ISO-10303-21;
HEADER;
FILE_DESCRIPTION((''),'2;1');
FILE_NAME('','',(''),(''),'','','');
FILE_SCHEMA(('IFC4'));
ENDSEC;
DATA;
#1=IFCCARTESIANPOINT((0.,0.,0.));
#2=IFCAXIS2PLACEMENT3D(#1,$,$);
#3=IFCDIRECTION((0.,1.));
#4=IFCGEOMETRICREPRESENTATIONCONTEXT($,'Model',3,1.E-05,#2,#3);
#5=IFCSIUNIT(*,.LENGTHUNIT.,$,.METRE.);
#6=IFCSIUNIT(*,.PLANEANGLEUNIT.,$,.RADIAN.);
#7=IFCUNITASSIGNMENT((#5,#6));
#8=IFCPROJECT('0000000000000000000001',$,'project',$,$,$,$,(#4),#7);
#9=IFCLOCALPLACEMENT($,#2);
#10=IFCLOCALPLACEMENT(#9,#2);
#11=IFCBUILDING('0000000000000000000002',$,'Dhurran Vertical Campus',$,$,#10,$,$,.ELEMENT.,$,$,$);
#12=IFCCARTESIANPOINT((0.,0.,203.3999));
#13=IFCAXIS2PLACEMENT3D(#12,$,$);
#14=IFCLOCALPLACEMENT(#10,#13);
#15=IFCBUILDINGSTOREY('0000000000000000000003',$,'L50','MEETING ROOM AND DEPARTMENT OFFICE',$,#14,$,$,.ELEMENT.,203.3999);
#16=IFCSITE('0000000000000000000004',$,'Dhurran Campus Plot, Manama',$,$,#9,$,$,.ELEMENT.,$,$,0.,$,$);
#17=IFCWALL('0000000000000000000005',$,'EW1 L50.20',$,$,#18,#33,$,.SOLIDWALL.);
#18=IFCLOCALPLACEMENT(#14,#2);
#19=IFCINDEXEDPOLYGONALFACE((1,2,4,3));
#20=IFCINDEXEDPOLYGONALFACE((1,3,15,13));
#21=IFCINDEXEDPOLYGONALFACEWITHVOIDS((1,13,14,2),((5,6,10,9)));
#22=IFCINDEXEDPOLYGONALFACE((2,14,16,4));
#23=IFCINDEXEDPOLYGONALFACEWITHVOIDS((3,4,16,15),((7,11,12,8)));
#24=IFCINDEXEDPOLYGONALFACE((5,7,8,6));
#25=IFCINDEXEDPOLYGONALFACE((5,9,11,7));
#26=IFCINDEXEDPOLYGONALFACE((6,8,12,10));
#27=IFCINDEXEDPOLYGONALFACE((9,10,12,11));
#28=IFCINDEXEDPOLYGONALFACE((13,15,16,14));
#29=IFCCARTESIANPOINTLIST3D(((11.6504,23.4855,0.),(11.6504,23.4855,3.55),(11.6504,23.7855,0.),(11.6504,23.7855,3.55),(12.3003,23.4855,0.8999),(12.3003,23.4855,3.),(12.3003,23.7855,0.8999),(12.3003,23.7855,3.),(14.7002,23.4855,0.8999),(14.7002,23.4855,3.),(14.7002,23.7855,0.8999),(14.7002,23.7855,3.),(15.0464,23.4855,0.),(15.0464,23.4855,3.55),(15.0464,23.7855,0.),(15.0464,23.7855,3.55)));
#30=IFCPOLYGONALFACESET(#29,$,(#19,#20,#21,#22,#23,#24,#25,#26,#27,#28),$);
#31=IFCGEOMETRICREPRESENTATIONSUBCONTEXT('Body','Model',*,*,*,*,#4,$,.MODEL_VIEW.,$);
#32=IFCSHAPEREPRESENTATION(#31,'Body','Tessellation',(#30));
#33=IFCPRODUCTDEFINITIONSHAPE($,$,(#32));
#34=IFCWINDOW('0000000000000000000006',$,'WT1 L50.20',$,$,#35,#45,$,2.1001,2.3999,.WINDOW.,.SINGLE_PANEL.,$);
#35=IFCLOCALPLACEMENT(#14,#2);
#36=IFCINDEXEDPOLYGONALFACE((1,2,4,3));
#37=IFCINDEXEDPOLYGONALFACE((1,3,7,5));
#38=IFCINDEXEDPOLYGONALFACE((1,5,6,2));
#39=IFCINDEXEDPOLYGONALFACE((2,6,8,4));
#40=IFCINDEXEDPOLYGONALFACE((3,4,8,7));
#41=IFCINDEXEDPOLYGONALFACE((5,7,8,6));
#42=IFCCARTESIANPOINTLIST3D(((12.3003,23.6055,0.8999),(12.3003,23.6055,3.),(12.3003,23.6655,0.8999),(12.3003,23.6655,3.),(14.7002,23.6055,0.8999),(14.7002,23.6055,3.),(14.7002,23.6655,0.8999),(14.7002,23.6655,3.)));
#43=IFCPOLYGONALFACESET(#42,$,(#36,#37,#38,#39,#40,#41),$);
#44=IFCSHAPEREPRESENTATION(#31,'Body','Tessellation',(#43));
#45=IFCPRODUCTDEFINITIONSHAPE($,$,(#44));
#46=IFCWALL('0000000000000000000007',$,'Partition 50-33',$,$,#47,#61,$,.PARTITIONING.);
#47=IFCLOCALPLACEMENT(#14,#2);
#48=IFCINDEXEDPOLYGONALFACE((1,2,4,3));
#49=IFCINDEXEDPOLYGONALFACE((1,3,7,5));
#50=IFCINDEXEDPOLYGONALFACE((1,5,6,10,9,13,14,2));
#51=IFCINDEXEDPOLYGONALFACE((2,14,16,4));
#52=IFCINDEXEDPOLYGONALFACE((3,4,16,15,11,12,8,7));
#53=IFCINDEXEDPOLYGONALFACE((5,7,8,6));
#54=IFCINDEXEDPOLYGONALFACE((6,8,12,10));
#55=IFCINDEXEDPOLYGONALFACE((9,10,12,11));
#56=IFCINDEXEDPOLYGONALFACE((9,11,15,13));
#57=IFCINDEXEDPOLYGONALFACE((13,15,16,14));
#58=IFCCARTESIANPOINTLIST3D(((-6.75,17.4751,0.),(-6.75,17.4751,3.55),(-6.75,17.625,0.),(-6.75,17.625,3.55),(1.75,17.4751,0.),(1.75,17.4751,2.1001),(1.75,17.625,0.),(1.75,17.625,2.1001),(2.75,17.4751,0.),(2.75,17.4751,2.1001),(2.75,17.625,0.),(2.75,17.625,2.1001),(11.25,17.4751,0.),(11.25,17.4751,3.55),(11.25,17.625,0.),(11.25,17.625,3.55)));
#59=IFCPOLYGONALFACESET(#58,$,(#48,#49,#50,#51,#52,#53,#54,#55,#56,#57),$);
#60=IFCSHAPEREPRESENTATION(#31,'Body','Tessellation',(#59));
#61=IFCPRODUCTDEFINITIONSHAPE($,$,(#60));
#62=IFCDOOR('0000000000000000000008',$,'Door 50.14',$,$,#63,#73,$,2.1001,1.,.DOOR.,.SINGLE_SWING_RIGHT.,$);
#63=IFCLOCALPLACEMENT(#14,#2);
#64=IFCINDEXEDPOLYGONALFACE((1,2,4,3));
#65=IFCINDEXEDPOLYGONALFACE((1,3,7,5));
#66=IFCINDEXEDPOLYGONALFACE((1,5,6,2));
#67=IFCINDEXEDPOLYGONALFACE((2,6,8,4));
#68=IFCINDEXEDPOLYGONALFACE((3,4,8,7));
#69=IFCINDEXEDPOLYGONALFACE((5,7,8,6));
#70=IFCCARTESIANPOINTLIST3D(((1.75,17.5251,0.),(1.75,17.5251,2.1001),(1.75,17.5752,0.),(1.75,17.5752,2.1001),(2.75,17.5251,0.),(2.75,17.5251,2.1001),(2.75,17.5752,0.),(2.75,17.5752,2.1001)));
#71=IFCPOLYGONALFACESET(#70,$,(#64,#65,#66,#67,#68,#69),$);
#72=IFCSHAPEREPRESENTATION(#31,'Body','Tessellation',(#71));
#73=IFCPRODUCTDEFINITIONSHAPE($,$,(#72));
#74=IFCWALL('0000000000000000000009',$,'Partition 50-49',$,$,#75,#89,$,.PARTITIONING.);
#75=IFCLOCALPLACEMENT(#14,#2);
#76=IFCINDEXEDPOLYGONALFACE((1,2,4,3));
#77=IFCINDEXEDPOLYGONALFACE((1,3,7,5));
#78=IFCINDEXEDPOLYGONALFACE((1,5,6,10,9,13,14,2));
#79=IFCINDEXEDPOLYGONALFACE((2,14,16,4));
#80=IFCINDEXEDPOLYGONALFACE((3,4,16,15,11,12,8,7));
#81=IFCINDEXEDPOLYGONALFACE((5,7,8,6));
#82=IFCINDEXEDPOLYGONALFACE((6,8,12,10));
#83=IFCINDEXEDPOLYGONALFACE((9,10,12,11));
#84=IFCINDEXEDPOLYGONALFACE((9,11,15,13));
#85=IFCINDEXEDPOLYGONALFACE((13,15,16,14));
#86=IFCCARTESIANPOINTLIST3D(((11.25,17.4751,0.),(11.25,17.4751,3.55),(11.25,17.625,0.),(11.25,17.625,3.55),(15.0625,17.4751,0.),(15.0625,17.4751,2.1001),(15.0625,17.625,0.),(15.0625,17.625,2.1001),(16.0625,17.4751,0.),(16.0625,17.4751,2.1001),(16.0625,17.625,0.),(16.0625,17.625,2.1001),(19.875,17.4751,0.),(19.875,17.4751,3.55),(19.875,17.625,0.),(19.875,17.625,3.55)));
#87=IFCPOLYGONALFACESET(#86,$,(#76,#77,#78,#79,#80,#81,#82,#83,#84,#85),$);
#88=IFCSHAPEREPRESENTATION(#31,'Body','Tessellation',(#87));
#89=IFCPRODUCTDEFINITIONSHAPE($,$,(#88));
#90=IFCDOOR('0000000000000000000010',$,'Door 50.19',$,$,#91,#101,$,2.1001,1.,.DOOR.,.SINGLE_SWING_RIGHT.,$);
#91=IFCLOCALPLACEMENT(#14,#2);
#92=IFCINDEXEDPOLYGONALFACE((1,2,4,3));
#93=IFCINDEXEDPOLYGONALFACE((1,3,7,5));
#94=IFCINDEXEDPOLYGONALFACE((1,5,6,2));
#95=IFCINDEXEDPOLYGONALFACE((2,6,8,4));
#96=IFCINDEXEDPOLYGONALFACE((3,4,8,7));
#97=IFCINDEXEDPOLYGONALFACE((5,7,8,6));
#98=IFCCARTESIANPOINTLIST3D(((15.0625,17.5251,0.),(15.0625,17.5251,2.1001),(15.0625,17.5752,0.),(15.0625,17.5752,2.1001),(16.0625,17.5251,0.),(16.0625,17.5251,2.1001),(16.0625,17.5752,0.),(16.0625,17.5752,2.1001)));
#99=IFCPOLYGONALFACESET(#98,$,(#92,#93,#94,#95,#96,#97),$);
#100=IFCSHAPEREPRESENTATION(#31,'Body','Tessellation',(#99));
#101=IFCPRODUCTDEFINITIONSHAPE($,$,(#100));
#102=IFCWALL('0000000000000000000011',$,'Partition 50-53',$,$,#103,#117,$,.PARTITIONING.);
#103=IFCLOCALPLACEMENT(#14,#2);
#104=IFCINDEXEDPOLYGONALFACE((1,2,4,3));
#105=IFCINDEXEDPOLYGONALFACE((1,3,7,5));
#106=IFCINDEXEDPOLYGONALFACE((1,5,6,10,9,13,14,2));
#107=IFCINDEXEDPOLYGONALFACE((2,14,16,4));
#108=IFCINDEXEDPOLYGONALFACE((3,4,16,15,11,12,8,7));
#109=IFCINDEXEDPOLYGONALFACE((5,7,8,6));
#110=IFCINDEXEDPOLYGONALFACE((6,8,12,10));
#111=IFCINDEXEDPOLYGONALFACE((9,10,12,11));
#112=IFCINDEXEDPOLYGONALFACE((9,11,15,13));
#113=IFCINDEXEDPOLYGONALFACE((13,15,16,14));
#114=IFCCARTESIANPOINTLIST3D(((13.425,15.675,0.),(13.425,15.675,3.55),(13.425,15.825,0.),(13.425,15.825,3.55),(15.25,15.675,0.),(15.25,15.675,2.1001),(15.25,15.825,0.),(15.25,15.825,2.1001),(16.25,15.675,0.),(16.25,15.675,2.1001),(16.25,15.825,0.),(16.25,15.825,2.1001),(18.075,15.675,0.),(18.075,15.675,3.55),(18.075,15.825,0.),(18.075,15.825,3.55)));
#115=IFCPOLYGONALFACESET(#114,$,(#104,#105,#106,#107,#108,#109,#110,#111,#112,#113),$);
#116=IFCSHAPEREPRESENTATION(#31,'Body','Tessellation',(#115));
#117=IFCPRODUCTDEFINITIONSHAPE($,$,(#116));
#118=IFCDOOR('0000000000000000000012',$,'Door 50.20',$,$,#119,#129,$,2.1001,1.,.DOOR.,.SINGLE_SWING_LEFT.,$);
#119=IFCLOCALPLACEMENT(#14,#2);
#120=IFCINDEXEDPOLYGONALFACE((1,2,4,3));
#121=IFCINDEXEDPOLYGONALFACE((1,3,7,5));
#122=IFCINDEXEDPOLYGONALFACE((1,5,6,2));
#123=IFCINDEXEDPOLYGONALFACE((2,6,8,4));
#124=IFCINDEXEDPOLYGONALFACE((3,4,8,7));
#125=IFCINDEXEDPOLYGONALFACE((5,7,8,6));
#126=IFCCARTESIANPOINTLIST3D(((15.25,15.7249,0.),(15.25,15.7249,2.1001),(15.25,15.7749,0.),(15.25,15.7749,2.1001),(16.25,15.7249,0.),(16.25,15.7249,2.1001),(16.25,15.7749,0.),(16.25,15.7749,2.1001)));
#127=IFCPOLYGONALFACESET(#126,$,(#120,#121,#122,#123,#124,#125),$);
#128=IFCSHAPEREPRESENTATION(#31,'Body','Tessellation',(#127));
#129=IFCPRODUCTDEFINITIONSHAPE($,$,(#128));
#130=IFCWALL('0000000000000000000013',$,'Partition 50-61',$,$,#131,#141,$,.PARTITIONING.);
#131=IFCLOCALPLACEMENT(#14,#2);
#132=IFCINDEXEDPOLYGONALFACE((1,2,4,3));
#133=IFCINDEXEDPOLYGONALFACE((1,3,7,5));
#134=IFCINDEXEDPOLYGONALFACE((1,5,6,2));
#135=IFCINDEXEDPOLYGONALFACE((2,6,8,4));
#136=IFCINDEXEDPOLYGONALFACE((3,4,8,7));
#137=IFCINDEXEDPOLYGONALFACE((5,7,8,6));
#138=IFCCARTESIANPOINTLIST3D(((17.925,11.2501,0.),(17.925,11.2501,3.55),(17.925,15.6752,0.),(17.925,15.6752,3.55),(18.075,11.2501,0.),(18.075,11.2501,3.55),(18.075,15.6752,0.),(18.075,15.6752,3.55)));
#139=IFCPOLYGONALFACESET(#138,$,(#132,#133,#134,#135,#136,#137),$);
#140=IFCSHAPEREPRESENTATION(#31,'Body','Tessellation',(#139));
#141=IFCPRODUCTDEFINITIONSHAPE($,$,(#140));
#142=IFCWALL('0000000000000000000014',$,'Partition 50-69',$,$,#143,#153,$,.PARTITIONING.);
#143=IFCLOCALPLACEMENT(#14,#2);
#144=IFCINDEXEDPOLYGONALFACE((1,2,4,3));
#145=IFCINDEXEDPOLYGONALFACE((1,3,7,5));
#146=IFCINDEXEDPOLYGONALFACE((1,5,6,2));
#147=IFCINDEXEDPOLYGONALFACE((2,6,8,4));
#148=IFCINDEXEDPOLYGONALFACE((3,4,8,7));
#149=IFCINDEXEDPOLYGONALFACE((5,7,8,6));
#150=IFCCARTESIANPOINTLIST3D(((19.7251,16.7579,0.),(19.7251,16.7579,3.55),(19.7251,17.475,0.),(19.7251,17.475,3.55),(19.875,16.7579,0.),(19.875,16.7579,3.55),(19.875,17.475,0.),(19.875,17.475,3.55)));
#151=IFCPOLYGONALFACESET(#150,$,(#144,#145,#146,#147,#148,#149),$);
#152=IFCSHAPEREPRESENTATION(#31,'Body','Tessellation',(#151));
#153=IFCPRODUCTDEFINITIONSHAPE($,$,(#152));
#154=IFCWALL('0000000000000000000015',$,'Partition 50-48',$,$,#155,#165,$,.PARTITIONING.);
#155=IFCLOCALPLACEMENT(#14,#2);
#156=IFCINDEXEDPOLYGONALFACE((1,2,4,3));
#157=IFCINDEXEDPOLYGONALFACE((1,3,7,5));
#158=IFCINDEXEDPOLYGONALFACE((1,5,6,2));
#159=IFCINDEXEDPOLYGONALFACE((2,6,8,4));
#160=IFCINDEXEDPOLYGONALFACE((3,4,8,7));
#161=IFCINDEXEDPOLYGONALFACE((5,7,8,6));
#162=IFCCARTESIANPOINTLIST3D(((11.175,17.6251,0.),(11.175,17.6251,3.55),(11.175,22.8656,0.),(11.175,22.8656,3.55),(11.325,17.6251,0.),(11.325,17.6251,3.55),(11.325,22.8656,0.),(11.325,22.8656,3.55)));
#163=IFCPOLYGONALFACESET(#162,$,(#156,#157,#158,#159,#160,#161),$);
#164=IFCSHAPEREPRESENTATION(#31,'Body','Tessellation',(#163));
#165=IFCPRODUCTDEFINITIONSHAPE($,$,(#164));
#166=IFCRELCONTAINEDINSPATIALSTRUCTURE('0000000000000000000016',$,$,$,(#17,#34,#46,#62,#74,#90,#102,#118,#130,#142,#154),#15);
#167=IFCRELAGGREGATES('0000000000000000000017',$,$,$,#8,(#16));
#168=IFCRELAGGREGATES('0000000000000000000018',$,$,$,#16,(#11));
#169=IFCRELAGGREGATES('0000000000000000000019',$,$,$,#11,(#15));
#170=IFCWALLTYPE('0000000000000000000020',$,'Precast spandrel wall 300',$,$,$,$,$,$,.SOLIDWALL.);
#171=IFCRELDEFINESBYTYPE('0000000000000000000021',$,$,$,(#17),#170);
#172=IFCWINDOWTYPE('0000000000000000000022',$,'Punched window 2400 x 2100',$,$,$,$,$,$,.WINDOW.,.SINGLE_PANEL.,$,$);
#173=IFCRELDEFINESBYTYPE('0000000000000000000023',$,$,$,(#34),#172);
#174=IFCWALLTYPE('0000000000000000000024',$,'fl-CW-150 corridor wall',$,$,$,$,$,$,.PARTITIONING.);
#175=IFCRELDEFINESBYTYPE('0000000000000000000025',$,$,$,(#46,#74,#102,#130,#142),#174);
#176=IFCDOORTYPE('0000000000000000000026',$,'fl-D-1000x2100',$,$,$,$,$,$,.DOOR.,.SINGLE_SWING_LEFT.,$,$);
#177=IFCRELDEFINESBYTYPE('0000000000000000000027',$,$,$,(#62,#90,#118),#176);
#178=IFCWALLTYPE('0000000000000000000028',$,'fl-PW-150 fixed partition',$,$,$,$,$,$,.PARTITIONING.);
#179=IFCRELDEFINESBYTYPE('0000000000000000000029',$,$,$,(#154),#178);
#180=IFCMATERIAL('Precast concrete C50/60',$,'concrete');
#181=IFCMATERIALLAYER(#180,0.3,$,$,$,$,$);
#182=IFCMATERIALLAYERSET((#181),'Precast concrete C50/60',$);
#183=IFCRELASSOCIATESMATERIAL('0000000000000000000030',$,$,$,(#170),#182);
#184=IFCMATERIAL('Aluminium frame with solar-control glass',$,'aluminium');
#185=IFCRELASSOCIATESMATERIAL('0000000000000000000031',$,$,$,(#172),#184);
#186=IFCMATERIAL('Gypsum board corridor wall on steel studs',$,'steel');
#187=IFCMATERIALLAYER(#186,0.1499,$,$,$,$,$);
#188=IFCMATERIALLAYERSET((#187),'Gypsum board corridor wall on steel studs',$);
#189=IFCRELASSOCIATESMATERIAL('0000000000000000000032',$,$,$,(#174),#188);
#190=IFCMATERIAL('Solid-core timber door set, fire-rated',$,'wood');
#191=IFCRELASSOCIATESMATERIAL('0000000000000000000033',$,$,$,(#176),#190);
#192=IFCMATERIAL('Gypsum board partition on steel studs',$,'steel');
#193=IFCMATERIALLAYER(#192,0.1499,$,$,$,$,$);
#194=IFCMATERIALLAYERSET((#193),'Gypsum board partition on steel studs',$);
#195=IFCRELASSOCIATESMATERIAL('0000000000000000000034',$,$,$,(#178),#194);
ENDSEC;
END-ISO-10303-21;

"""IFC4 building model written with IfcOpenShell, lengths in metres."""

from ifc_helpers import new_model, si_unit, direction, frame, frame_2d, origin, place, context, subcontext, project, spatial, rectangle, extrude, material, layer, layer_set, type_object, element, fill, save


model = new_model("IFC4")

# Units and contexts
model_context = context("Model", 3, precision=1e-05, world=origin(), true_north=direction((0.0, 1.0)))
body_context = subcontext(model_context, "Body", "Model", "MODEL_VIEW")
ifc_project = project(units=[si_unit("LENGTHUNIT", "METRE"), si_unit("PLANEANGLEUNIT", "RADIAN")], contexts=[model_context])

# Site, building, storey
site_placement = place(None, origin())
site = spatial("IfcSite", under=ifc_project, at=site_placement, Name="Dhurran Campus Plot, Manama", CompositionType="ELEMENT", RefElevation=0.0)
building_placement = place(site_placement, origin())
building = spatial("IfcBuilding", under=site, at=building_placement, Name="Dhurran Vertical Campus", CompositionType="ELEMENT")
storey_placement = place(building_placement, frame((0.0, 0.0, 203.3999)))
storey = spatial("IfcBuildingStorey", under=building, at=storey_placement, Name="L50", Description="MEETING ROOM AND DEPARTMENT OFFICE", CompositionType="ELEMENT", Elevation=203.3999)

# Wall, opening, window
ifc_material_1 = material(Name="Precast concrete C50/60", Category="concrete")
ifc_layer_1 = layer(ifc_material_1, 0.3)
ifc_layer_set_1 = layer_set([ifc_layer_1], Name="Precast concrete C50/60")
wall_type_1 = type_object("IfcWallType", Name="Precast spandrel wall 300", PredefinedType="SOLIDWALL", material=ifc_layer_set_1)
ifc_material_2 = material(Name="Aluminium frame with solar-control glass", Category="aluminium")
window_type = type_object("IfcWindowType", Name="Punched window 2400 x 2100", PartitioningType="SINGLE_PANEL", PredefinedType="WINDOW", material=ifc_material_2)
wall_1_placement = place(storey_placement, frame((15.0464, 23.6355, 0.0), z_axis=(0.0, 0.0, 1.0), x_axis=(-1.0, 0.0, 0.0)))
wall_1 = element("IfcWall", 1, at=wall_1_placement, inside=storey, type_object=wall_type_1, Name="EW1 L50.20", PredefinedType="SOLIDWALL", context=body_context, shape_type="SweptSolid", body=[
    extrude(rectangle(XDim=3.396, YDim=0.3, at=frame_2d((1.698, 0.0))), origin(), (0.0, 0.0, 1.0), 3.55),
])
opening_1_placement = place(wall_1_placement, frame((0.3462, 0.0, 0.8999)))
opening_1 = element("IfcOpeningElement", 2, at=opening_1_placement, cuts=wall_1, PredefinedType="OPENING", context=body_context, shape_type="SweptSolid", body=[
    extrude(rectangle(XDim=2.3999, YDim=2.1001, at=frame_2d((1.2, 1.05))), frame((0.0, 0.1599, 0.0), z_axis=(0.0, -1.0, 0.0), x_axis=(1.0, 0.0, 0.0)), (0.0, 0.0, 1.0), 0.3201),
])
window_1_placement = place(opening_1_placement, origin())
window_1 = element("IfcWindow", 3, at=window_1_placement, inside=storey, type_object=window_type, Name="WT1 L50.20", OverallHeight=2.1001, OverallWidth=2.3999, PartitioningType="SINGLE_PANEL", PredefinedType="WINDOW", context=body_context, shape_type="SweptSolid", body=[
    extrude(rectangle(XDim=2.3999, YDim=2.1001, at=frame_2d((1.2, 1.05))), frame((0.0, 0.03, 0.0), z_axis=(0.0, -1.0, 0.0), x_axis=(1.0, 0.0, 0.0)), (0.0, 0.0, 1.0), 0.0601),
])
fill(opening_1, window_1)

# Walls, openings, doors
ifc_material_3 = material(Name="Gypsum board corridor wall on steel studs", Category="steel")
ifc_layer_2 = layer(ifc_material_3, 0.1499)
ifc_layer_set_2 = layer_set([ifc_layer_2], Name="Gypsum board corridor wall on steel studs")
wall_type_2 = type_object("IfcWallType", Name="fl-CW-150 corridor wall", PredefinedType="PARTITIONING", material=ifc_layer_set_2)
wall_2_placement = place(storey_placement, frame((11.25, 17.55, 0.0), z_axis=(0.0, 0.0, 1.0), x_axis=(-1.0, 0.0, 0.0)))
wall_2 = element("IfcWall", 4, at=wall_2_placement, inside=storey, type_object=wall_type_2, Name="Partition 50-33", PredefinedType="PARTITIONING", context=body_context, shape_type="SweptSolid", body=[
    extrude(rectangle(XDim=18.0, YDim=0.1499, at=frame_2d((9.0, 0.0))), origin(), (0.0, 0.0, 1.0), 3.55),
])
opening_2_placement = place(wall_2_placement, frame((8.5, 0.0, 0.0)))
opening_2 = element("IfcOpeningElement", 5, at=opening_2_placement, cuts=wall_2, PredefinedType="OPENING", context=body_context, shape_type="SweptSolid", body=[
    extrude(rectangle(XDim=1.0, YDim=2.1001, at=frame_2d((0.5, 1.05))), frame((0.0, 0.085, 0.0), z_axis=(0.0, -1.0, 0.0), x_axis=(1.0, 0.0, 0.0)), (0.0, 0.0, 1.0), 0.1699),
])
ifc_material_4 = material(Name="Solid-core timber door set, fire-rated", Category="wood")
door_type = type_object("IfcDoorType", Name="fl-D-1000x2100", OperationType="SINGLE_SWING_LEFT", PredefinedType="DOOR", material=ifc_material_4)
door_1_placement = place(opening_2_placement, origin())
door_1 = element("IfcDoor", 6, at=door_1_placement, inside=storey, type_object=door_type, Name="Door 50.14", OperationType="SINGLE_SWING_RIGHT", OverallHeight=2.1001, OverallWidth=1.0, PredefinedType="DOOR", context=body_context, shape_type="SweptSolid", body=[
    extrude(rectangle(XDim=1.0, YDim=2.1001, at=frame_2d((0.5, 1.05))), frame((0.0, 0.0249, 0.0), z_axis=(0.0, -1.0, 0.0), x_axis=(1.0, 0.0, 0.0)), (0.0, 0.0, 1.0), 0.05),
])
fill(opening_2, door_1)
wall_3_placement = place(storey_placement, frame((19.875, 17.55, 0.0), z_axis=(0.0, 0.0, 1.0), x_axis=(-1.0, 0.0, 0.0)))
wall_3 = element("IfcWall", 7, at=wall_3_placement, inside=storey, type_object=wall_type_2, Name="Partition 50-49", PredefinedType="PARTITIONING", context=body_context, shape_type="SweptSolid", body=[
    extrude(rectangle(XDim=8.625, YDim=0.1499, at=frame_2d((4.3125, 0.0))), origin(), (0.0, 0.0, 1.0), 3.55),
])
opening_3_placement = place(wall_3_placement, frame((3.8125, 0.0, 0.0)))
opening_3 = element("IfcOpeningElement", 8, at=opening_3_placement, cuts=wall_3, PredefinedType="OPENING", context=body_context, shape_type="SweptSolid", body=[
    extrude(rectangle(XDim=1.0, YDim=2.1001, at=frame_2d((0.5, 1.05))), frame((0.0, 0.085, 0.0), z_axis=(0.0, -1.0, 0.0), x_axis=(1.0, 0.0, 0.0)), (0.0, 0.0, 1.0), 0.1699),
])
door_2_placement = place(opening_3_placement, origin())
door_2 = element("IfcDoor", 9, at=door_2_placement, inside=storey, type_object=door_type, Name="Door 50.19", OperationType="SINGLE_SWING_RIGHT", OverallHeight=2.1001, OverallWidth=1.0, PredefinedType="DOOR", context=body_context, shape_type="SweptSolid", body=[
    extrude(rectangle(XDim=1.0, YDim=2.1001, at=frame_2d((0.5, 1.05))), frame((0.0, 0.0249, 0.0), z_axis=(0.0, -1.0, 0.0), x_axis=(1.0, 0.0, 0.0)), (0.0, 0.0, 1.0), 0.05),
])
fill(opening_3, door_2)
wall_4_placement = place(storey_placement, frame((13.425, 15.75, 0.0), z_axis=(0.0, 0.0, 1.0), x_axis=(1.0, 0.0, 0.0)))
wall_4 = element("IfcWall", 10, at=wall_4_placement, inside=storey, type_object=wall_type_2, Name="Partition 50-53", PredefinedType="PARTITIONING", context=body_context, shape_type="SweptSolid", body=[
    extrude(rectangle(XDim=4.6499, YDim=0.1499, at=frame_2d((2.325, 0.0))), origin(), (0.0, 0.0, 1.0), 3.55),
])
opening_4_placement = place(wall_4_placement, frame((1.825, 0.0, 0.0)))
opening_4 = element("IfcOpeningElement", 11, at=opening_4_placement, cuts=wall_4, PredefinedType="OPENING", context=body_context, shape_type="SweptSolid", body=[
    extrude(rectangle(XDim=1.0, YDim=2.1001, at=frame_2d((0.5, 1.05))), frame((0.0, 0.085, 0.0), z_axis=(0.0, -1.0, 0.0), x_axis=(1.0, 0.0, 0.0)), (0.0, 0.0, 1.0), 0.1699),
])
door_3_placement = place(opening_4_placement, origin())
door_3 = element("IfcDoor", 12, at=door_3_placement, inside=storey, type_object=door_type, Name="Door 50.20", OperationType="SINGLE_SWING_LEFT", OverallHeight=2.1001, OverallWidth=1.0, PredefinedType="DOOR", context=body_context, shape_type="SweptSolid", body=[
    extrude(rectangle(XDim=1.0, YDim=2.1001, at=frame_2d((0.5, 1.05))), frame((0.0, 0.0249, 0.0), z_axis=(0.0, -1.0, 0.0), x_axis=(1.0, 0.0, 0.0)), (0.0, 0.0, 1.0), 0.05),
])
fill(opening_4, door_3)

# Walls
wall_5_placement = place(storey_placement, frame((18.0, 15.675, 0.0), z_axis=(0.0, 0.0, 1.0), x_axis=(0.0, -1.0, 0.0)))
element("IfcWall", 13, at=wall_5_placement, inside=storey, type_object=wall_type_2, Name="Partition 50-61", PredefinedType="PARTITIONING", context=body_context, shape_type="SweptSolid", body=[
    extrude(rectangle(XDim=4.425, YDim=0.1499, at=frame_2d((2.2124, 0.0))), origin(), (0.0, 0.0, 1.0), 3.55),
])
wall_6_placement = place(storey_placement, frame((19.8, 16.7581, 0.0), z_axis=(0.0, 0.0, 1.0), x_axis=(0.0, 1.0, 0.0)))
element("IfcWall", 14, at=wall_6_placement, inside=storey, type_object=wall_type_2, Name="Partition 50-69", PredefinedType="PARTITIONING", context=body_context, shape_type="SweptSolid", body=[
    extrude(rectangle(XDim=0.717, YDim=0.1499, at=frame_2d((0.3584, 0.0))), origin(), (0.0, 0.0, 1.0), 3.55),
])
ifc_material_5 = material(Name="Gypsum board partition on steel studs", Category="steel")
ifc_layer_3 = layer(ifc_material_5, 0.1499)
ifc_layer_set_3 = layer_set([ifc_layer_3], Name="Gypsum board partition on steel studs")
wall_type_3 = type_object("IfcWallType", Name="fl-PW-150 fixed partition", PredefinedType="PARTITIONING", material=ifc_layer_set_3)
wall_7_placement = place(storey_placement, frame((11.25, 22.8655, 0.0), z_axis=(0.0, 0.0, 1.0), x_axis=(0.0, -1.0, 0.0)))
element("IfcWall", 15, at=wall_7_placement, inside=storey, type_object=wall_type_3, Name="Partition 50-48", PredefinedType="PARTITIONING", context=body_context, shape_type="SweptSolid", body=[
    extrude(rectangle(XDim=5.2405, YDim=0.1499, at=frame_2d((2.6201, 0.0))), origin(), (0.0, 0.0, 1.0), 3.55),
])

save(model, "model.ifc")
